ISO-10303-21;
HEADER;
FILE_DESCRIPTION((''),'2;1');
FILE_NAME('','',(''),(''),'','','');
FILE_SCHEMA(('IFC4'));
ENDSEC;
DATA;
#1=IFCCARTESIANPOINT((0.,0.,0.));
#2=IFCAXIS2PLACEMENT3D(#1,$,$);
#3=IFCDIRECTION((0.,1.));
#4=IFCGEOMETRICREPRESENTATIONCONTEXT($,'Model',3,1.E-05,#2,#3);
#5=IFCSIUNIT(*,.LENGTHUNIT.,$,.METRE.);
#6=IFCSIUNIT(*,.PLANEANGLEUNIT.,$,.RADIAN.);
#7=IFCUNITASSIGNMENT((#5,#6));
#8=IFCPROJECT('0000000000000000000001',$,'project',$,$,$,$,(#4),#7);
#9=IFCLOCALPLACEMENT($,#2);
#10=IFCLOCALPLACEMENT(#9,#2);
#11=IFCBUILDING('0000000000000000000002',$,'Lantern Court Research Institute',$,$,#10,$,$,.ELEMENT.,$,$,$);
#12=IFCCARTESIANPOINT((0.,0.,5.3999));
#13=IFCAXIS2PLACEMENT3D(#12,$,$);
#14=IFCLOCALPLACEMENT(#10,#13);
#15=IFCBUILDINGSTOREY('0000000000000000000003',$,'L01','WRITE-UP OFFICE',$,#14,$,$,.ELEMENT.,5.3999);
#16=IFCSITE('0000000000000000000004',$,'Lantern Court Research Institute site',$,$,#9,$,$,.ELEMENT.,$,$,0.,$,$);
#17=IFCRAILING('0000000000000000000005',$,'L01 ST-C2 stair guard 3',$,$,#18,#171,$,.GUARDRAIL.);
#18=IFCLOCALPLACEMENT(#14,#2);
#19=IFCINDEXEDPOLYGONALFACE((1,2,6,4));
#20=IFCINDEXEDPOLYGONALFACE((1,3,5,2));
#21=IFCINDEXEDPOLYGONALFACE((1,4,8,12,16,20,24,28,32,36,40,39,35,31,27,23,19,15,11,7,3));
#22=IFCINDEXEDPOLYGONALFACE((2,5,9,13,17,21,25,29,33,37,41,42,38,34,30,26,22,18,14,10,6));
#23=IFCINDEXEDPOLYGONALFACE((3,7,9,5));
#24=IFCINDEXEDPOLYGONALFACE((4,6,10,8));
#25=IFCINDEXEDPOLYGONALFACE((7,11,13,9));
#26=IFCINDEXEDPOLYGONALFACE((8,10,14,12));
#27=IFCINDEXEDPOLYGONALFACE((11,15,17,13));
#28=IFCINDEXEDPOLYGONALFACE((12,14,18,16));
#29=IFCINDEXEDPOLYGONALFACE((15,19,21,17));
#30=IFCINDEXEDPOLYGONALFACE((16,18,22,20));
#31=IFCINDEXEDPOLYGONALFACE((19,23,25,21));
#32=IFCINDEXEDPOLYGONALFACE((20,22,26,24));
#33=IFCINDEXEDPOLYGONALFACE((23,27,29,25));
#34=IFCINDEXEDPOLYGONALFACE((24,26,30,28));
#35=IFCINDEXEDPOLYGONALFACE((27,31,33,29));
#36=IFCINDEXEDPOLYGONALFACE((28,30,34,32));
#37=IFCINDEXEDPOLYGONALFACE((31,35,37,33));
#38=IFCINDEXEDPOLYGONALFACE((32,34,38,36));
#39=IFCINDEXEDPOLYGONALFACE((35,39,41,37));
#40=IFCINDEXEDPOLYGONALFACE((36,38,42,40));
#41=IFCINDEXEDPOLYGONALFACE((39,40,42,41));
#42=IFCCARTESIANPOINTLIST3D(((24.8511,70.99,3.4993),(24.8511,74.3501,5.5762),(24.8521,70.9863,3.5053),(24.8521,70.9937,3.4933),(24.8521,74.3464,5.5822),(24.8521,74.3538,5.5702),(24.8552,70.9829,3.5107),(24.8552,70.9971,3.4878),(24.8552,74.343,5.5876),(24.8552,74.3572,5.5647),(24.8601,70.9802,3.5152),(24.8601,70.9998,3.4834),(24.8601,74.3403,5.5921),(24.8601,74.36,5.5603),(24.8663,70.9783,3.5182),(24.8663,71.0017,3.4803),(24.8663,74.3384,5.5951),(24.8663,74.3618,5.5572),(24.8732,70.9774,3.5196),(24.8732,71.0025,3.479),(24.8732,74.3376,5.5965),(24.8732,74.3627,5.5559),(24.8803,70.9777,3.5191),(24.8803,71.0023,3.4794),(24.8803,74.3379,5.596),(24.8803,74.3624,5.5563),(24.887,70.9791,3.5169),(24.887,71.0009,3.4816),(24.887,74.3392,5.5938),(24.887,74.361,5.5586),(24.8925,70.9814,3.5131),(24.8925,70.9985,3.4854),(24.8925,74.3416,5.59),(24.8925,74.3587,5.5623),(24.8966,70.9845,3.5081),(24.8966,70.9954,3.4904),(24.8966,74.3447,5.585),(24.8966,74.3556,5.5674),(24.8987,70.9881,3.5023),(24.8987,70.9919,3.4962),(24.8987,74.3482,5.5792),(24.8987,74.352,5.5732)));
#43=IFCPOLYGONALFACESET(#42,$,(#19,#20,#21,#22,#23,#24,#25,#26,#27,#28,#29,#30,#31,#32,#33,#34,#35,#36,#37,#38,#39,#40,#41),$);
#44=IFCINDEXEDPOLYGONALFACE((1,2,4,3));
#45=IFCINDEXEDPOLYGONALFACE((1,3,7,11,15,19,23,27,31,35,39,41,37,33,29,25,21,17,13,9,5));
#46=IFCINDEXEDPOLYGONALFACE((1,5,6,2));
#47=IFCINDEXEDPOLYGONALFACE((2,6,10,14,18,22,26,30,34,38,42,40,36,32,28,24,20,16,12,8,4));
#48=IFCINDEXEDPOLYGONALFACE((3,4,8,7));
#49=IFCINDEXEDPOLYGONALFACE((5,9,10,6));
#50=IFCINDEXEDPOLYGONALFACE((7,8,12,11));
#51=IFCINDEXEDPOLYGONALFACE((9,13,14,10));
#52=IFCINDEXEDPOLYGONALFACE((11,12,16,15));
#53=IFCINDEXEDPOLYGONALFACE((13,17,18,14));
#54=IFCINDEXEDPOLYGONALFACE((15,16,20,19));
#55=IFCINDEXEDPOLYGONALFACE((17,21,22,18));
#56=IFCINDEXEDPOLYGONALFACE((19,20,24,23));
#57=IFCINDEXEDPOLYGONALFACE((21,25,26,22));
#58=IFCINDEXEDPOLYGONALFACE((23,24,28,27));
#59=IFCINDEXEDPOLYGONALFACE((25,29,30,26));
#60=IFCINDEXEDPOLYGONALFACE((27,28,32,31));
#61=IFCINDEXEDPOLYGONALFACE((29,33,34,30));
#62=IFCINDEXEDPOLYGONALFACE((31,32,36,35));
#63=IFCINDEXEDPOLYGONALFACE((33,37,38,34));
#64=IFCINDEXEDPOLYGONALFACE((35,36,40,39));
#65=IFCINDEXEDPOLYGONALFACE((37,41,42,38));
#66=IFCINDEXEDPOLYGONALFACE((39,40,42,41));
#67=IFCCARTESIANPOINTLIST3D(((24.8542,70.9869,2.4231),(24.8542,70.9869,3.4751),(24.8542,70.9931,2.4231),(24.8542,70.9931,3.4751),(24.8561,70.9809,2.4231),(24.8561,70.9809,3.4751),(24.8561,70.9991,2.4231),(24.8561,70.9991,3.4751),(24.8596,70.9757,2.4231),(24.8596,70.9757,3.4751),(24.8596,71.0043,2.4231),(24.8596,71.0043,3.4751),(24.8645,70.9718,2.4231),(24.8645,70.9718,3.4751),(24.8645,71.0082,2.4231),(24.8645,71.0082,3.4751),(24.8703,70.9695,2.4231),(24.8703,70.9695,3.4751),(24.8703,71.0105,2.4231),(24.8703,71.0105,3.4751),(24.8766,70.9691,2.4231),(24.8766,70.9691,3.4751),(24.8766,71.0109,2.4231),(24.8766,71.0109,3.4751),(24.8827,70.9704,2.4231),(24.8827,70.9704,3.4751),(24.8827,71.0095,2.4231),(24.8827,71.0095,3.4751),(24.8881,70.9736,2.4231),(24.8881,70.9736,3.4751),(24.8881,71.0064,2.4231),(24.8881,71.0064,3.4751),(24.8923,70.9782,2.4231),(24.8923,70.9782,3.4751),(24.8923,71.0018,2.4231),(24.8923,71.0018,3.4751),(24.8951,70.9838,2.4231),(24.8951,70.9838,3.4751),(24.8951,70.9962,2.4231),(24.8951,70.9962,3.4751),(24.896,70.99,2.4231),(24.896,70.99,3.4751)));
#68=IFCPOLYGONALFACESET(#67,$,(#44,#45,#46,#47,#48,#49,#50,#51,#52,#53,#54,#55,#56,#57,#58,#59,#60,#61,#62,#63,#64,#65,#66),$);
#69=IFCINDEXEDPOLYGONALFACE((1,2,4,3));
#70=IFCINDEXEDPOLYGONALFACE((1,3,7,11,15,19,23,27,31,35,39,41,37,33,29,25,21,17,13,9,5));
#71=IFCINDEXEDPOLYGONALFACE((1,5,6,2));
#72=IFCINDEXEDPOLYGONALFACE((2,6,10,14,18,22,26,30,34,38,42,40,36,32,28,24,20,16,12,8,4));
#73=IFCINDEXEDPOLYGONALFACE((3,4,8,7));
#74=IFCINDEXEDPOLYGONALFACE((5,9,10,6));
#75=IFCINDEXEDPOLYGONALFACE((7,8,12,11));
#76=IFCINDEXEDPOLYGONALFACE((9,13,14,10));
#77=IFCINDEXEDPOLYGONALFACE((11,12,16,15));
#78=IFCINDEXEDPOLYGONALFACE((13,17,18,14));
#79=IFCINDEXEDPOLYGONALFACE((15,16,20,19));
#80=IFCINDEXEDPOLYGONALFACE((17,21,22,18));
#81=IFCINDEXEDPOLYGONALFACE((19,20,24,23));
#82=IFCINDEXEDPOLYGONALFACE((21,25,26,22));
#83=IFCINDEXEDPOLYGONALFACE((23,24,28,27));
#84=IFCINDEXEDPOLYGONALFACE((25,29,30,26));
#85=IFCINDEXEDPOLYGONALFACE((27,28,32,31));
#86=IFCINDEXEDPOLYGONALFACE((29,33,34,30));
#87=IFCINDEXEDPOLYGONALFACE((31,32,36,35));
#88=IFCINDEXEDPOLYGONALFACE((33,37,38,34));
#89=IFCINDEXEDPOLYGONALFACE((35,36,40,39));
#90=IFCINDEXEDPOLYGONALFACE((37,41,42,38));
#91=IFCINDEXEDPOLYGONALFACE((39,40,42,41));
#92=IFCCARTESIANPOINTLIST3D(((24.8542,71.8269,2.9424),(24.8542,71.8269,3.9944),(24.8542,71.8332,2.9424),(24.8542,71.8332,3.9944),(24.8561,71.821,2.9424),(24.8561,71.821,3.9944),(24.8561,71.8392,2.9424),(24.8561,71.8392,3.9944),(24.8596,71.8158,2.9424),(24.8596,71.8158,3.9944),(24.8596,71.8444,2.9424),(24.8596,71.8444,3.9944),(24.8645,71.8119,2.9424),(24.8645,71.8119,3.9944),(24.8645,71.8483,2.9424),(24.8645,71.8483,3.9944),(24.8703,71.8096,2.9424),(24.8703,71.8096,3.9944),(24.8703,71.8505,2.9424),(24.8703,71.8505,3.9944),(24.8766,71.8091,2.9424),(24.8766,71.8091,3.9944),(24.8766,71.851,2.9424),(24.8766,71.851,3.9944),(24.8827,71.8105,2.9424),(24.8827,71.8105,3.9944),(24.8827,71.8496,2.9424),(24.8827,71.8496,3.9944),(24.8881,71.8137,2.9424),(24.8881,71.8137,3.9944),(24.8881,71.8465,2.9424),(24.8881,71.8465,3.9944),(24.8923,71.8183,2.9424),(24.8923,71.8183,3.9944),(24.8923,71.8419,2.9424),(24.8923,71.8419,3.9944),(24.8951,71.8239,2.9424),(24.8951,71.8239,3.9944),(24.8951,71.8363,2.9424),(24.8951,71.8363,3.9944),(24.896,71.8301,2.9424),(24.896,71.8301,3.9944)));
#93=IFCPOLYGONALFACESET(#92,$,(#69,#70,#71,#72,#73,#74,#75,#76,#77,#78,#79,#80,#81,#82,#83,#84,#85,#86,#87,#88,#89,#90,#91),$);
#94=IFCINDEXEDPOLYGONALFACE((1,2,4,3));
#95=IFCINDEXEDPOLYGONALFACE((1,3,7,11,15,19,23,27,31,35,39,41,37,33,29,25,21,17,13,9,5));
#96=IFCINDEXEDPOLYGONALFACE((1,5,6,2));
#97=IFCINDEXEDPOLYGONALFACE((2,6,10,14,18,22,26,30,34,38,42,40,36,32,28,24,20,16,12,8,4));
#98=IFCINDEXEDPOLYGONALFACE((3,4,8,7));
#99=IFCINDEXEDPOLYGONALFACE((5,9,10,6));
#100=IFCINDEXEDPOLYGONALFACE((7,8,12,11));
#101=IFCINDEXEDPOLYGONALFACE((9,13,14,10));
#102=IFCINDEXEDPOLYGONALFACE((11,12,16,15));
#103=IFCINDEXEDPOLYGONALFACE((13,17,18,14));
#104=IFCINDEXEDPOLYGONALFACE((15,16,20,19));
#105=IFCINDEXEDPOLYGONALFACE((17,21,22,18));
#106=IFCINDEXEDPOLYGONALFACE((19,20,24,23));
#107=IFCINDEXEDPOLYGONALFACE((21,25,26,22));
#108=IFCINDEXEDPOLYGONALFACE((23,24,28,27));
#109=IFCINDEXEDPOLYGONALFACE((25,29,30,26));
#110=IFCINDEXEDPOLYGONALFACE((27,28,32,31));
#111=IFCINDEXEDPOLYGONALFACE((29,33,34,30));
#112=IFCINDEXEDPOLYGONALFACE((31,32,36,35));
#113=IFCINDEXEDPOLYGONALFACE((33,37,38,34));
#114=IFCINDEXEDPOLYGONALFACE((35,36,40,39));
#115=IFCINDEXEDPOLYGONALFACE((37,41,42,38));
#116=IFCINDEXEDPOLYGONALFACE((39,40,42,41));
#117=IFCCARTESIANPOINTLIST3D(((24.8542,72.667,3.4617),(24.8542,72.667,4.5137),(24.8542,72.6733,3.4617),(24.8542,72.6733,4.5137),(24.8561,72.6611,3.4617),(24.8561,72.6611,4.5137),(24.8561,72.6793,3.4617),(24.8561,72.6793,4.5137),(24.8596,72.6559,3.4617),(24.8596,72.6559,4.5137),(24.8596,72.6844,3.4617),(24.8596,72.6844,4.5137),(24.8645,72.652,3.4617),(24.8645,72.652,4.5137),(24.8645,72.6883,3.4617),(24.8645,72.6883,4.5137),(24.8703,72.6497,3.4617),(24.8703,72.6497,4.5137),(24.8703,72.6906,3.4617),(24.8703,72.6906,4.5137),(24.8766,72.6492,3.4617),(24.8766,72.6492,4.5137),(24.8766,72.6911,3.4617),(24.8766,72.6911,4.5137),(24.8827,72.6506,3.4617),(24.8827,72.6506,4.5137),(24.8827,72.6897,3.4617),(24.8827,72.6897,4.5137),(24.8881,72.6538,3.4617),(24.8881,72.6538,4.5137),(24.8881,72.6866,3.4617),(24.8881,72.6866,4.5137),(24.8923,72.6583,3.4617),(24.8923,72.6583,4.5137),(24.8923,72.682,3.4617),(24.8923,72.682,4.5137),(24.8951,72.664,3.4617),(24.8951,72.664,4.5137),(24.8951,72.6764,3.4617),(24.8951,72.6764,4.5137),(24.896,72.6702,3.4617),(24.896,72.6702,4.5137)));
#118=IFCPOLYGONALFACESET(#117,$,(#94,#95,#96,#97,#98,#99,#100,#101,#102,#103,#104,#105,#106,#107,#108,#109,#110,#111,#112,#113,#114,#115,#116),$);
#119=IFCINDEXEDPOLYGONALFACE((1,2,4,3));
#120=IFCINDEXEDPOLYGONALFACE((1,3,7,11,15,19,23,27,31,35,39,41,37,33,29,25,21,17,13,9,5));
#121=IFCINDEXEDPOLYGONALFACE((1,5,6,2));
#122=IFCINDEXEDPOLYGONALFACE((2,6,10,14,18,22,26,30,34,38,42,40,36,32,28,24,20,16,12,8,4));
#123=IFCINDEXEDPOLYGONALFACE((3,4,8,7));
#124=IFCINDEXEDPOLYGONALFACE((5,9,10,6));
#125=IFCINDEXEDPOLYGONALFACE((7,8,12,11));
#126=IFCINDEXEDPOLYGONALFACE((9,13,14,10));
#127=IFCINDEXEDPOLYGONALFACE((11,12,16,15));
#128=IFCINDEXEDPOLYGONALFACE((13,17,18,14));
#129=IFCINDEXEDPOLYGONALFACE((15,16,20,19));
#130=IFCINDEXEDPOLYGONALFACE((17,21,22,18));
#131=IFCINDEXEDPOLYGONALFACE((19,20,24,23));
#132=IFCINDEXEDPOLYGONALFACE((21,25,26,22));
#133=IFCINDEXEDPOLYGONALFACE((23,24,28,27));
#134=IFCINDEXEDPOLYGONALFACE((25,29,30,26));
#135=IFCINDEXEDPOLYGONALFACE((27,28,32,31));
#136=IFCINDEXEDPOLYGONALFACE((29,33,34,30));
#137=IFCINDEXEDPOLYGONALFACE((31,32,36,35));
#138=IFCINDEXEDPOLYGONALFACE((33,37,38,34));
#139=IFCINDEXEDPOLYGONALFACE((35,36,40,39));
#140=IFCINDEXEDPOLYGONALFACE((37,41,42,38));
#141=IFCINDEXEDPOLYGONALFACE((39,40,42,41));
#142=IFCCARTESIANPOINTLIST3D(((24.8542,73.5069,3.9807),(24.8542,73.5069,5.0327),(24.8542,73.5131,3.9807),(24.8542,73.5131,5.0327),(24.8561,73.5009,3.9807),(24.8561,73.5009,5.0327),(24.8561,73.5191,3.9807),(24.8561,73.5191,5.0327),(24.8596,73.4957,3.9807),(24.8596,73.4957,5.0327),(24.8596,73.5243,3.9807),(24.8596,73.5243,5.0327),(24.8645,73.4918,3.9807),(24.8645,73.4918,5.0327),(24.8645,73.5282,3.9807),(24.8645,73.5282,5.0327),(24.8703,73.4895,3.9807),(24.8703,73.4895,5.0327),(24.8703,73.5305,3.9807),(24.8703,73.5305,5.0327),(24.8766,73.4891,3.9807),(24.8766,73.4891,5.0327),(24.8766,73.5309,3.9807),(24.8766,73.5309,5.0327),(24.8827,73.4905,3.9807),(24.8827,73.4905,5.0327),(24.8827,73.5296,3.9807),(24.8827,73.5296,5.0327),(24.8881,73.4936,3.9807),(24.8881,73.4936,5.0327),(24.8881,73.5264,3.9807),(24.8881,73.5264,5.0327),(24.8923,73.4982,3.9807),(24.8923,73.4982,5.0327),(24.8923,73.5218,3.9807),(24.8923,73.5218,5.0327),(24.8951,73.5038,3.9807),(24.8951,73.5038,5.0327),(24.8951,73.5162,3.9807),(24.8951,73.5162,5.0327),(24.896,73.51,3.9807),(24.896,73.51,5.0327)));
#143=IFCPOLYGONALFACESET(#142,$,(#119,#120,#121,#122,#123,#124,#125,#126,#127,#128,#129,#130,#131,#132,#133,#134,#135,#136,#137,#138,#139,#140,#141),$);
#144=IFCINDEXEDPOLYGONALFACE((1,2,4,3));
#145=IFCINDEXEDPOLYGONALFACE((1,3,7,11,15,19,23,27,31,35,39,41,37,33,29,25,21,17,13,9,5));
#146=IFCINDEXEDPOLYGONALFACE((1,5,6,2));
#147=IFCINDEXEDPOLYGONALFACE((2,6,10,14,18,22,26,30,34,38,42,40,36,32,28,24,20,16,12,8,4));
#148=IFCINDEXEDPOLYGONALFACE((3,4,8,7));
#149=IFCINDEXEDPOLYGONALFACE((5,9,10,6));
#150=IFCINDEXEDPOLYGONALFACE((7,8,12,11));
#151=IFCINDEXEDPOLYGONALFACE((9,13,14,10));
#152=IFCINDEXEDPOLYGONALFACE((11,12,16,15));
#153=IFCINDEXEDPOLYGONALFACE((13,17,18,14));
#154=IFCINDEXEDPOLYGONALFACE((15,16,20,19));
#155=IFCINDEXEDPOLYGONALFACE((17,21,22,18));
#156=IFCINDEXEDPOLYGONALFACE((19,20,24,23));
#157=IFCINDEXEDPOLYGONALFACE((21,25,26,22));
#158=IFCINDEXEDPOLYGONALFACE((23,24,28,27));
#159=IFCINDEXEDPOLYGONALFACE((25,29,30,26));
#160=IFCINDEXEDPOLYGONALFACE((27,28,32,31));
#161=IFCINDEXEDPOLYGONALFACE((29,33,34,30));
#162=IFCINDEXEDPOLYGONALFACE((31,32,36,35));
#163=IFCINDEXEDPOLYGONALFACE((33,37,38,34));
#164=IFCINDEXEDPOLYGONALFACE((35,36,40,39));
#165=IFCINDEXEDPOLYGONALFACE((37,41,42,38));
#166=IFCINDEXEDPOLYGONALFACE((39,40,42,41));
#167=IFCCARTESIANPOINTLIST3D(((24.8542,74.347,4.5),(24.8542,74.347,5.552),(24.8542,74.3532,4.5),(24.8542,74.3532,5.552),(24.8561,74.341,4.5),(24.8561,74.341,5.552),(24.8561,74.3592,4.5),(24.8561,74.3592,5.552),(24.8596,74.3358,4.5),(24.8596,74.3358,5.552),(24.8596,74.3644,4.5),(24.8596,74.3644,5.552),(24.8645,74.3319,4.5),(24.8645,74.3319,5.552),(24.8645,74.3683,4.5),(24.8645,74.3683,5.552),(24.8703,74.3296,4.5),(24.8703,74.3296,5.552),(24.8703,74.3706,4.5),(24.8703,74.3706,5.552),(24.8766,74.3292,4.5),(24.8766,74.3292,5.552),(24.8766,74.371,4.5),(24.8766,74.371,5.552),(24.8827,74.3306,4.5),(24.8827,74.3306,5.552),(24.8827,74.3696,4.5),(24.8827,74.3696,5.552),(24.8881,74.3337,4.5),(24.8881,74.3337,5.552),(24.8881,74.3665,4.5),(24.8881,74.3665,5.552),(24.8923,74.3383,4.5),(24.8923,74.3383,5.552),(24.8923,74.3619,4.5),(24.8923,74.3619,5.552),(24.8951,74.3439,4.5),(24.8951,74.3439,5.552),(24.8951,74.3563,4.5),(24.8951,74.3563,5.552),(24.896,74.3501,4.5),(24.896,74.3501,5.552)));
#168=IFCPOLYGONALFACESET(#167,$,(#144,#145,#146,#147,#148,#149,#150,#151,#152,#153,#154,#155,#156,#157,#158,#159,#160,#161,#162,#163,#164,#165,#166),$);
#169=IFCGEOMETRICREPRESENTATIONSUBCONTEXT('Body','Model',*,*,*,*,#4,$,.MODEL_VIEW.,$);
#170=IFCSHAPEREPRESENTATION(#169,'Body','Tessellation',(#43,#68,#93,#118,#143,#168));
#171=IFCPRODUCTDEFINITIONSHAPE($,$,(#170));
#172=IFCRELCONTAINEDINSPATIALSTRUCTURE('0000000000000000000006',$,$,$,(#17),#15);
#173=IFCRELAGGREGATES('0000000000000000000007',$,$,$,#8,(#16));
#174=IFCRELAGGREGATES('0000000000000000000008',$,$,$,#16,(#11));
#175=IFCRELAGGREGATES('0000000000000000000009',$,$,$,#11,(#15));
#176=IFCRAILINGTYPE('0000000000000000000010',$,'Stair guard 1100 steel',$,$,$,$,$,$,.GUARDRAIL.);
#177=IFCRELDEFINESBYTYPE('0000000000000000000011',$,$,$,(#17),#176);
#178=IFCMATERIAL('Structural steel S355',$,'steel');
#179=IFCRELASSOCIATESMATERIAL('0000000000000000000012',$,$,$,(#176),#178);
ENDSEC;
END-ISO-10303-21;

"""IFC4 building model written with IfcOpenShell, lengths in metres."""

from ifc_helpers import new_model, si_unit, direction, frame, origin, origin_2d, place, context, subcontext, project, spatial, circle, extrude, material, type_object, element, save


model = new_model("IFC4")

# Units and contexts
model_context = context("Model", 3, precision=1e-05, world=origin(), true_north=direction((0.0, 1.0)))
body_context = subcontext(model_context, "Body", "Model", "MODEL_VIEW")
ifc_project = project(units=[si_unit("LENGTHUNIT", "METRE"), si_unit("PLANEANGLEUNIT", "RADIAN")], contexts=[model_context])

# Site, building, storey
site_placement = place(None, origin())
site = spatial("IfcSite", under=ifc_project, at=site_placement, Name="Lantern Court Research Institute site", CompositionType="ELEMENT", RefElevation=0.0)
building_placement = place(site_placement, origin())
building = spatial("IfcBuilding", under=site, at=building_placement, Name="Lantern Court Research Institute", CompositionType="ELEMENT")
storey_placement = place(building_placement, frame((0.0, 0.0, 5.3999)))
storey = spatial("IfcBuildingStorey", under=building, at=storey_placement, Name="L01", Description="WRITE-UP OFFICE", CompositionType="ELEMENT", Elevation=5.3999)

# Railing
ifc_material_1 = material(Name="Structural steel S355", Category="steel")
railing_type_1 = type_object("IfcRailingType", Name="Stair guard 1100 steel", PredefinedType="GUARDRAIL", material=ifc_material_1)
railing_1_placement = place(storey_placement, frame((24.875, 70.99, 2.4231)))
element("IfcRailing", 1, at=railing_1_placement, inside=storey, type_object=railing_type_1, Name="L01 ST-C2 stair guard 3", PredefinedType="GUARDRAIL", context=body_context, shape_type="SweptSolid", body=[
    extrude(circle(Radius=0.0239, at=origin_2d()), frame((0.0, 0.0, 1.0762), z_axis=(0.0, 0.850623, 0.525776), x_axis=(-1.0, 0.0, 0.0)), (0.0, 0.0, 1.0), 3.9502),
    extrude(circle(Radius=0.021, at=origin_2d()), origin(), (0.0, 0.0, 1.0), 1.052),
    extrude(circle(Radius=0.021, at=origin_2d()), frame((0.0, 0.8401, 0.5193)), (0.0, 0.0, 1.0), 1.052),
    extrude(circle(Radius=0.021, at=origin_2d()), frame((0.0, 1.6802, 1.0386)), (0.0, 0.0, 1.0), 1.052),
    extrude(circle(Radius=0.021, at=origin_2d()), frame((0.0, 2.52, 1.5576)), (0.0, 0.0, 1.0), 1.052),
    extrude(circle(Radius=0.021, at=origin_2d()), frame((0.0, 3.3601, 2.0769)), (0.0, 0.0, 1.0), 1.052),
])

save(model, "model.ifc")
